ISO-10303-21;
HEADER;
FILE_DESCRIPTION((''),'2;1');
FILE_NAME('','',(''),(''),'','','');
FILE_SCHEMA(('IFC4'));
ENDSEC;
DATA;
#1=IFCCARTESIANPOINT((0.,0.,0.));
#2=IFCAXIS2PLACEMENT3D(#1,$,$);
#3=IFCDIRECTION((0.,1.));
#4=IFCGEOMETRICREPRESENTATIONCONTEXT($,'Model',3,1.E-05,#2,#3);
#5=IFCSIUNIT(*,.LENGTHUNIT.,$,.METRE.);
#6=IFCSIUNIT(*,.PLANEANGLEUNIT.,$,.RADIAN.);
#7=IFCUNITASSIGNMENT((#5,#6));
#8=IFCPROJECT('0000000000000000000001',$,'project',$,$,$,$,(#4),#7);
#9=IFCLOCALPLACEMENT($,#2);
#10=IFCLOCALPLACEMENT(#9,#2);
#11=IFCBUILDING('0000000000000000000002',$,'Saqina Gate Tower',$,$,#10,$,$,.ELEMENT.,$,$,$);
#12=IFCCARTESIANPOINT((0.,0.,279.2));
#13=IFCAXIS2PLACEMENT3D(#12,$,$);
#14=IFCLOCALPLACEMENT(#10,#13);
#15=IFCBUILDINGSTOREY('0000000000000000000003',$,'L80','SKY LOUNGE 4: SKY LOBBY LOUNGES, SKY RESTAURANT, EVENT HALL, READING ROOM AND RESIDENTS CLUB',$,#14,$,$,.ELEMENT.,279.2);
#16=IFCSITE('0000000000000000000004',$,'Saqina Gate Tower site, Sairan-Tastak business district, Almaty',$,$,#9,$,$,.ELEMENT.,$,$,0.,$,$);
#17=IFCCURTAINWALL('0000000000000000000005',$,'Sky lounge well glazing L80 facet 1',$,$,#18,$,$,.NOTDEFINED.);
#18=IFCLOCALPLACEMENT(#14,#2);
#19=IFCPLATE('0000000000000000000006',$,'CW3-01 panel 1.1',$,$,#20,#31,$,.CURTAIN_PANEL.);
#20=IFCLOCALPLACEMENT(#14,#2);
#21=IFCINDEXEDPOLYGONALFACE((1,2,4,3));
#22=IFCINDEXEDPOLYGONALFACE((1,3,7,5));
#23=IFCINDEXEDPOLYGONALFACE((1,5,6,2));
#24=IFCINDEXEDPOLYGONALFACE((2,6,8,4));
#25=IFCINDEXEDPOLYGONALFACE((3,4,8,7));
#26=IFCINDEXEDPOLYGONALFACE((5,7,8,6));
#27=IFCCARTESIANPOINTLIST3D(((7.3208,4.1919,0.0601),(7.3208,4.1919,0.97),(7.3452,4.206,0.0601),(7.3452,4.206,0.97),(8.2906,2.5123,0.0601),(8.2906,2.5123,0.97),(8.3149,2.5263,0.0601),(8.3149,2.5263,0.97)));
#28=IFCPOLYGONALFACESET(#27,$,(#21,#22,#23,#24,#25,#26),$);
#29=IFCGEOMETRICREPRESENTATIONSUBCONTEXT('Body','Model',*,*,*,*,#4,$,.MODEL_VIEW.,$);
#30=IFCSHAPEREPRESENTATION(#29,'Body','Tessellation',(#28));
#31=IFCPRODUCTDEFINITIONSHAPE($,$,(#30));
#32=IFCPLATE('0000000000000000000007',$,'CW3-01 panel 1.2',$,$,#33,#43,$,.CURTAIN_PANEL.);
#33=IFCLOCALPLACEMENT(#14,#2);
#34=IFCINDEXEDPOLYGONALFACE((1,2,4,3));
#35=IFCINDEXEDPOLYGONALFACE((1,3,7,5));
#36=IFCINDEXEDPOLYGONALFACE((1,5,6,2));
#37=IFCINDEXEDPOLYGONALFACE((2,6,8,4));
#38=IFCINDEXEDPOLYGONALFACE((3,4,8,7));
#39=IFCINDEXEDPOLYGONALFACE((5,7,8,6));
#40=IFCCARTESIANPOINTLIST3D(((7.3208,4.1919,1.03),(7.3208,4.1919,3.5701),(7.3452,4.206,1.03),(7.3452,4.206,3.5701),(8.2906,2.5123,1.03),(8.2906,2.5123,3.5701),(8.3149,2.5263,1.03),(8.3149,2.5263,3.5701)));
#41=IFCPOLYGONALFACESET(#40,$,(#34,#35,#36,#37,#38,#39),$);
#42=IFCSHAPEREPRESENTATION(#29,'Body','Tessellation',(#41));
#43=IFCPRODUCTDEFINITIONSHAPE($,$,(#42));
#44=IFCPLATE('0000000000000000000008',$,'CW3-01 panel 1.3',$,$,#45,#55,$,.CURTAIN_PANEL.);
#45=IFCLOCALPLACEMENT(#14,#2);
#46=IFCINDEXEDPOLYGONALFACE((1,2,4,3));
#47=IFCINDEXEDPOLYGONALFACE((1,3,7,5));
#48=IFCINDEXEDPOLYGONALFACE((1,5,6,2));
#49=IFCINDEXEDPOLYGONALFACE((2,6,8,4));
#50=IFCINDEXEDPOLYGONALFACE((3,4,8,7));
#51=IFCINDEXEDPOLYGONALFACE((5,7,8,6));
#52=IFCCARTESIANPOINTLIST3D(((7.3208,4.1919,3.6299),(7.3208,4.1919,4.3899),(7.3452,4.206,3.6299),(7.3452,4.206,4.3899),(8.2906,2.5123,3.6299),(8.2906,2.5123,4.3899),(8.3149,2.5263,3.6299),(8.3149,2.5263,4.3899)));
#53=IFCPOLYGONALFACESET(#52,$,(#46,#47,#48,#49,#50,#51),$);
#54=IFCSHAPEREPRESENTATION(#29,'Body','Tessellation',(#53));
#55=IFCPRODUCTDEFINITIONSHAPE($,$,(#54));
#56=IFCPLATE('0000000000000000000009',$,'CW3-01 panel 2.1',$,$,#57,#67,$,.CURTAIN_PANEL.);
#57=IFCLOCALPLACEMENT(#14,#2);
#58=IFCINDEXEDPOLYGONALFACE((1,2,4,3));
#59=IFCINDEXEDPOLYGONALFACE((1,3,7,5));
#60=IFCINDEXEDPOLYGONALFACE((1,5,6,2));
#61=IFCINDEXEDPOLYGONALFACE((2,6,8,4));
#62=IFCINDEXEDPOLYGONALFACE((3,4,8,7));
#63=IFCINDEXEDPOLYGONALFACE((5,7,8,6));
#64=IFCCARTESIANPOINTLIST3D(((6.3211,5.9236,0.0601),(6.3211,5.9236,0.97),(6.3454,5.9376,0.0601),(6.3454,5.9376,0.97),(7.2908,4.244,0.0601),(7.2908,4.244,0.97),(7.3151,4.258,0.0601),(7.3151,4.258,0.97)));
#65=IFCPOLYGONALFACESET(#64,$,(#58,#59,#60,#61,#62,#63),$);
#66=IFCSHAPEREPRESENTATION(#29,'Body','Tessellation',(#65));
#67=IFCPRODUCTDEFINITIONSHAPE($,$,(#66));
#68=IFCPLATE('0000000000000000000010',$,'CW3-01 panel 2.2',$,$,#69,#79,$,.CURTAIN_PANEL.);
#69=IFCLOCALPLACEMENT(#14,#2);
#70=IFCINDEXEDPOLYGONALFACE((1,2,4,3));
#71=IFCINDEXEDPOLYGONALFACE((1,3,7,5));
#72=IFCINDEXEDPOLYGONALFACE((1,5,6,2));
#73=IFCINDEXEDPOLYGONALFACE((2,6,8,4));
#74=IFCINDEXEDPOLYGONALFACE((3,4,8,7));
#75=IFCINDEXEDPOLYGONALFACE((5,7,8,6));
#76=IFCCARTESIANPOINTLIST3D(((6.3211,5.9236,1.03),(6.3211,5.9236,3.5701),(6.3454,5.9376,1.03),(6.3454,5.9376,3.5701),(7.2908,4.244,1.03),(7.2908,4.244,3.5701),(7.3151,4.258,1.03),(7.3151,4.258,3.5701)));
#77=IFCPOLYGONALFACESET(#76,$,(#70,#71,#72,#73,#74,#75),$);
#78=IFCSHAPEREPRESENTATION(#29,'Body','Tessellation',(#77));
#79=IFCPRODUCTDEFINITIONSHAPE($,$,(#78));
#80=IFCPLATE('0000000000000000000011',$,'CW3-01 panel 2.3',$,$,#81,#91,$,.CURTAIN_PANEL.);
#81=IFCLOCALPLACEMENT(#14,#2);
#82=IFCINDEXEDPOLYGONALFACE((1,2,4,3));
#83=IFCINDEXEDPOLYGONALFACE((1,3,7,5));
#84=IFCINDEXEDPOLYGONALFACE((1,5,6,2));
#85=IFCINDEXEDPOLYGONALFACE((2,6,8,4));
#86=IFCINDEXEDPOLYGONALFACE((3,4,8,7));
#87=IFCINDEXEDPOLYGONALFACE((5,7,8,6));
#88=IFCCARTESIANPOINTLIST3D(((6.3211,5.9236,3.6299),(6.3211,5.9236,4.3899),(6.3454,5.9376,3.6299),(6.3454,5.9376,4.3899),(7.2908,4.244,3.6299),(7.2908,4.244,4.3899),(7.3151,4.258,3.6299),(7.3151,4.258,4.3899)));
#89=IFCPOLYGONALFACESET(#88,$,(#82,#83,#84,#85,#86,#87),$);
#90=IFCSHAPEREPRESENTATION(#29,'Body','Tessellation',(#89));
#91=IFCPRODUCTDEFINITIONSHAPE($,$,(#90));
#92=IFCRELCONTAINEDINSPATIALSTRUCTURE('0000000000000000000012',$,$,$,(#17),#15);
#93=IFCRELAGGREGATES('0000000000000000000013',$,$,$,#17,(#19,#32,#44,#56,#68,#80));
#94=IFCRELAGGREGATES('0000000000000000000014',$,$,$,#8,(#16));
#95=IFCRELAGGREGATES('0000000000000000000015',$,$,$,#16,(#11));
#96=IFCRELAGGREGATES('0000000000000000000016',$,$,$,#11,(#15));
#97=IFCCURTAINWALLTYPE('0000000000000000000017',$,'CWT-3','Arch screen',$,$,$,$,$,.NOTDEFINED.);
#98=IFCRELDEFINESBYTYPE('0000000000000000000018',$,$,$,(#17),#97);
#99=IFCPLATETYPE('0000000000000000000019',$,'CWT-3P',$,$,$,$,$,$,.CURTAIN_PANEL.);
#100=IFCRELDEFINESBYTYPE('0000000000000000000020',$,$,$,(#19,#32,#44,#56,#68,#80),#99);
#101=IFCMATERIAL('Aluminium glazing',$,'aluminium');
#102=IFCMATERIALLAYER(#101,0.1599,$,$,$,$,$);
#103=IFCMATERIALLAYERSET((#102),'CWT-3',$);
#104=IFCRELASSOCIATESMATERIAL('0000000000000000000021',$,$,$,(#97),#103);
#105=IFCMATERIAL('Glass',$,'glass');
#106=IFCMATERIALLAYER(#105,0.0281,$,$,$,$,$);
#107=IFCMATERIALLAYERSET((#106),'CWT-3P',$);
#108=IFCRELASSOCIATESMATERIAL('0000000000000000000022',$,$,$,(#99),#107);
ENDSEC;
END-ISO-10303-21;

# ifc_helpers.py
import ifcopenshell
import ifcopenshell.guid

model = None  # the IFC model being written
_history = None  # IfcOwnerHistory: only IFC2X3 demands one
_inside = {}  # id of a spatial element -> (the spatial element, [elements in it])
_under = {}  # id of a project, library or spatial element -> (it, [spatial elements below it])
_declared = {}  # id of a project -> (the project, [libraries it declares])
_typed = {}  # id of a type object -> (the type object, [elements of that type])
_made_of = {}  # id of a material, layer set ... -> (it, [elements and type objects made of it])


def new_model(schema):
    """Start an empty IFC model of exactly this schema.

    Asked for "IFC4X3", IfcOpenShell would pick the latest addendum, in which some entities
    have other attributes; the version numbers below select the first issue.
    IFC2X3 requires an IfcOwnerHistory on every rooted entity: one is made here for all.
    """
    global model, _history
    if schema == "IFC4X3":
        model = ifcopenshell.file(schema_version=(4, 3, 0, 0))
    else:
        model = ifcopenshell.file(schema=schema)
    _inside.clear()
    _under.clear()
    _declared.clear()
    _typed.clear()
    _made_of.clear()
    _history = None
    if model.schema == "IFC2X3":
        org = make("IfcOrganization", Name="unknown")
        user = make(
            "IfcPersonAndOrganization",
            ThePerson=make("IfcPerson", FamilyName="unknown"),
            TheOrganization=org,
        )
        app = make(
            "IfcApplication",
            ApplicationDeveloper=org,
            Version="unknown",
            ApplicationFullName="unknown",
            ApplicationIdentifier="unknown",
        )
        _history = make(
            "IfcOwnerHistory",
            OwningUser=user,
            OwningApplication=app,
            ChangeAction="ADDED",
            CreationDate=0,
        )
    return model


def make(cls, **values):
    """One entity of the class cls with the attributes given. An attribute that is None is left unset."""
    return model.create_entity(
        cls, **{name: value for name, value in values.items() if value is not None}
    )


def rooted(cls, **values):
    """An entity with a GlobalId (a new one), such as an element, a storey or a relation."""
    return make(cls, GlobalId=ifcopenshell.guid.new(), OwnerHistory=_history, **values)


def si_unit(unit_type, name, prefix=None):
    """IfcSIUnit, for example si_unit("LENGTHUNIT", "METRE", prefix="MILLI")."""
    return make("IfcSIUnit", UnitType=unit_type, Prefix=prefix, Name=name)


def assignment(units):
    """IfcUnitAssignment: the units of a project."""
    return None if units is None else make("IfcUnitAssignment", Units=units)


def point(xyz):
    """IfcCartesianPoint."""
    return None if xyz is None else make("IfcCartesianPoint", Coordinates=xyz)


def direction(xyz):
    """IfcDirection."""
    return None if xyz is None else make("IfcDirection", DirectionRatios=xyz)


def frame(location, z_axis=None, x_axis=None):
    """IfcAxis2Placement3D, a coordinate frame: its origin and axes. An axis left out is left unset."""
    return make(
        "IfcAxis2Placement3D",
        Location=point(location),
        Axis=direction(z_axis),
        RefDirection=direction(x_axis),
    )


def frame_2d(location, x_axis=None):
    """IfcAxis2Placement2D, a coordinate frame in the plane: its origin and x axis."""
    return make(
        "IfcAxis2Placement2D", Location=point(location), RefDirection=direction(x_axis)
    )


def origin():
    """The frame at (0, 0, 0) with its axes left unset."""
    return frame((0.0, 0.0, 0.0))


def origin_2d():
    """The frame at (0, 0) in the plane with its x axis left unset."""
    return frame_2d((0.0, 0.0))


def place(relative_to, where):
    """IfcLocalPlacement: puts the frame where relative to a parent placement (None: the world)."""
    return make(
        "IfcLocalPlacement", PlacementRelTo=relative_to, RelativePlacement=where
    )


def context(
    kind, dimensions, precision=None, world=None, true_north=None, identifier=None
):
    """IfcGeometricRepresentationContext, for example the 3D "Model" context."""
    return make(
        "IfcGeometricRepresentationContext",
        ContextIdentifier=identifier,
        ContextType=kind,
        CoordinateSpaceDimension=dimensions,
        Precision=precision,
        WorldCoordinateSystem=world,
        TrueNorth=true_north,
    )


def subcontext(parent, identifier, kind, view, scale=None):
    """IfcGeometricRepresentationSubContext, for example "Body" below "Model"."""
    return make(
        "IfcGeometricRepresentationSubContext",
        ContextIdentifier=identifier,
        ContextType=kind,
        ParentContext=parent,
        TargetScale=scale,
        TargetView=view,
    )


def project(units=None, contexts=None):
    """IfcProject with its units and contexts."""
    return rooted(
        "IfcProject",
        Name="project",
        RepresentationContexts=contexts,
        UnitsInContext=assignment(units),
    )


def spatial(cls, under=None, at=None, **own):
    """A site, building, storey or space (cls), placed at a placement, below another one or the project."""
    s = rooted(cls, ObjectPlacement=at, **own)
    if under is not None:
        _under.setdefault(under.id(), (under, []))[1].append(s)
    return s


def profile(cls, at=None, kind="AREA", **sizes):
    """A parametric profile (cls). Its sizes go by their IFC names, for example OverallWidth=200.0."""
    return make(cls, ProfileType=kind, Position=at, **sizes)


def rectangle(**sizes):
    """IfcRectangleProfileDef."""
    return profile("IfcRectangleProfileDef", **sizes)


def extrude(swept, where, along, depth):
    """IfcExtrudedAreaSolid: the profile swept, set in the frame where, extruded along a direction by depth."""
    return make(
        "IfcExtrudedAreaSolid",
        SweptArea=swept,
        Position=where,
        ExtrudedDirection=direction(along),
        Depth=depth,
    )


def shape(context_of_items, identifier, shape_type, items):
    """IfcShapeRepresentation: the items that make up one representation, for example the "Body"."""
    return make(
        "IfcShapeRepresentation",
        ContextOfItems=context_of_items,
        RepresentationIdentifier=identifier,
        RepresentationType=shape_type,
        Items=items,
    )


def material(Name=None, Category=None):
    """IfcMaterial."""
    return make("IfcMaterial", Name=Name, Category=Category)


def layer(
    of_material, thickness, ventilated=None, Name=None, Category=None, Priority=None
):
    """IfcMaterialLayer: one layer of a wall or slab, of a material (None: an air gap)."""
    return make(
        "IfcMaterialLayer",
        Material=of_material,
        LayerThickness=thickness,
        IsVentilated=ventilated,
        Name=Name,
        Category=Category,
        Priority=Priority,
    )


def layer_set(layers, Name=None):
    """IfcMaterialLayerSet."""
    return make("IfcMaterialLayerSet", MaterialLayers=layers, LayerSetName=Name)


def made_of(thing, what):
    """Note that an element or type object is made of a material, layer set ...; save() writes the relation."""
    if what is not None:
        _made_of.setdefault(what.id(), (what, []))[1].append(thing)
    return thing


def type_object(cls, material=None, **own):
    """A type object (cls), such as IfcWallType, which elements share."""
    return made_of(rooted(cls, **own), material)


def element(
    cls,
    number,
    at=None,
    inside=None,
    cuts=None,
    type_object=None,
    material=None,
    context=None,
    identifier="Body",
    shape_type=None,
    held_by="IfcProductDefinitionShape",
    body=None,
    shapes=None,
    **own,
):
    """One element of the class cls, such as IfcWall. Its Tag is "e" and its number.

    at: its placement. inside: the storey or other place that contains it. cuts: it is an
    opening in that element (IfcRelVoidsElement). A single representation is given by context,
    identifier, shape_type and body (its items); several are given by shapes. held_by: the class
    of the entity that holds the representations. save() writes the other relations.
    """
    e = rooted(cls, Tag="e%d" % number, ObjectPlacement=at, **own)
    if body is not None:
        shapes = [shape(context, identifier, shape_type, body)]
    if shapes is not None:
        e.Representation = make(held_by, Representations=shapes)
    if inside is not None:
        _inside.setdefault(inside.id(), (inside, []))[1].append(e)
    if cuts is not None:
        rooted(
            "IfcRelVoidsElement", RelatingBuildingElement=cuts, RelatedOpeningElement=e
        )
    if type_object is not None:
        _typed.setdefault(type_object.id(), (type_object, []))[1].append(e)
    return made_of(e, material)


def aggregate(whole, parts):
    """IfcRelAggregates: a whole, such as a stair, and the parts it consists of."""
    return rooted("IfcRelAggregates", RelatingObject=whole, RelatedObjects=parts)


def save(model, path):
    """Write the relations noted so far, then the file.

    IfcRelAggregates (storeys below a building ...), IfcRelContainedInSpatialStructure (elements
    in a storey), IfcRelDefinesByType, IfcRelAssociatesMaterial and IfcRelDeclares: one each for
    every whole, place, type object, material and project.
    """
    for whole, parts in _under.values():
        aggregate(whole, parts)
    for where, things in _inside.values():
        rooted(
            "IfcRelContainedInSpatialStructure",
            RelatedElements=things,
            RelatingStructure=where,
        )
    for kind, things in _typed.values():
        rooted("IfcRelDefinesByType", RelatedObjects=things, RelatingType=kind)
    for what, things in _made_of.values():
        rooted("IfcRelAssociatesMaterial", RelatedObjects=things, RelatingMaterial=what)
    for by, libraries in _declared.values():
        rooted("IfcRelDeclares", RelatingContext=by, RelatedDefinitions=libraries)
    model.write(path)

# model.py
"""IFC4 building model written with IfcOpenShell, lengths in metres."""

from ifc_helpers import new_model, si_unit, direction, frame, origin, origin_2d, place, context, subcontext, project, spatial, rectangle, extrude, material, layer, layer_set, type_object, element, aggregate, save


model = new_model("IFC4")

# Units and contexts
model_context = context("Model", 3, precision=1e-05, world=origin(), true_north=direction((0.0, 1.0)))
body_context = subcontext(model_context, "Body", "Model", "MODEL_VIEW")
ifc_project = project(units=[si_unit("LENGTHUNIT", "METRE"), si_unit("PLANEANGLEUNIT", "RADIAN")], contexts=[model_context])

# Site, building, storey
site_placement = place(None, origin())
site = spatial("IfcSite", under=ifc_project, at=site_placement, Name="Saqina Gate Tower site, Sairan-Tastak business district, Almaty", CompositionType="ELEMENT", RefElevation=0.0)
building_placement = place(site_placement, origin())
building = spatial("IfcBuilding", under=site, at=building_placement, Name="Saqina Gate Tower", CompositionType="ELEMENT")
storey_placement = place(building_placement, frame((0.0, 0.0, 279.2)))
storey = spatial("IfcBuildingStorey", under=building, at=storey_placement, Name="L80", Description="SKY LOUNGE 4: SKY LOBBY LOUNGES, SKY RESTAURANT, EVENT HALL, READING ROOM AND RESIDENTS CLUB", CompositionType="ELEMENT", Elevation=279.2)

# Curtain wall
ifc_material_1 = material(Name="Aluminium glazing", Category="aluminium")
ifc_layer_1 = layer(ifc_material_1, 0.1599)
ifc_layer_set_1 = layer_set([ifc_layer_1], Name="CWT-3")
curtain_wall_type = type_object("IfcCurtainWallType", Name="CWT-3", Description="Arch screen", PredefinedType="NOTDEFINED", material=ifc_layer_set_1)
curtain_wall_1_placement = place(storey_placement, origin())
curtain_wall_1 = element("IfcCurtainWall", 1, at=curtain_wall_1_placement, inside=storey, type_object=curtain_wall_type, Name="Sky lounge well glazing L80 facet 1", PredefinedType="NOTDEFINED")

# Plates
ifc_material_2 = material(Name="Glass", Category="glass")
ifc_layer_2 = layer(ifc_material_2, 0.0281)
ifc_layer_set_2 = layer_set([ifc_layer_2], Name="CWT-3P")
plate_type = type_object("IfcPlateType", Name="CWT-3P", PredefinedType="CURTAIN_PANEL", material=ifc_layer_set_2)
plate_1_placement = place(storey_placement, frame((7.8179, 3.3591, 0.0601), z_axis=(0.0, 0.0, 1.0), x_axis=(-0.500003, 0.866024, 0.0)))
plate_1 = element("IfcPlate", 2, at=plate_1_placement, type_object=plate_type, Name="CW3-01 panel 1.1", PredefinedType="CURTAIN_PANEL", context=body_context, shape_type="SweptSolid", body=[
    extrude(rectangle(XDim=1.9395, YDim=0.0281, at=origin_2d()), origin(), (0.0, 0.0, 1.0), 0.9099),
])
plate_2_placement = place(storey_placement, frame((7.8179, 3.3591, 1.03), z_axis=(0.0, 0.0, 1.0), x_axis=(-0.500003, 0.866024, 0.0)))
plate_2 = element("IfcPlate", 3, at=plate_2_placement, type_object=plate_type, Name="CW3-01 panel 1.2", PredefinedType="CURTAIN_PANEL", context=body_context, shape_type="SweptSolid", body=[
    extrude(rectangle(XDim=1.9395, YDim=0.0281, at=origin_2d()), origin(), (0.0, 0.0, 1.0), 2.54),
])
plate_3_placement = place(storey_placement, frame((7.8179, 3.3591, 3.6299), z_axis=(0.0, 0.0, 1.0), x_axis=(-0.500003, 0.866024, 0.0)))
plate_3 = element("IfcPlate", 4, at=plate_3_placement, type_object=plate_type, Name="CW3-01 panel 1.3", PredefinedType="CURTAIN_PANEL", context=body_context, shape_type="SweptSolid", body=[
    extrude(rectangle(XDim=1.9395, YDim=0.0281, at=origin_2d()), origin(), (0.0, 0.0, 1.0), 0.76),
])
plate_4_placement = place(storey_placement, frame((6.8181, 5.0908, 0.0601), z_axis=(0.0, 0.0, 1.0), x_axis=(-0.500003, 0.866024, 0.0)))
plate_4 = element("IfcPlate", 5, at=plate_4_placement, type_object=plate_type, Name="CW3-01 panel 2.1", PredefinedType="CURTAIN_PANEL", context=body_context, shape_type="SweptSolid", body=[
    extrude(rectangle(XDim=1.9395, YDim=0.0281, at=origin_2d()), origin(), (0.0, 0.0, 1.0), 0.9099),
])
plate_5_placement = place(storey_placement, frame((6.8181, 5.0908, 1.03), z_axis=(0.0, 0.0, 1.0), x_axis=(-0.500003, 0.866024, 0.0)))
plate_5 = element("IfcPlate", 6, at=plate_5_placement, type_object=plate_type, Name="CW3-01 panel 2.2", PredefinedType="CURTAIN_PANEL", context=body_context, shape_type="SweptSolid", body=[
    extrude(rectangle(XDim=1.9395, YDim=0.0281, at=origin_2d()), origin(), (0.0, 0.0, 1.0), 2.54),
])
plate_6_placement = place(storey_placement, frame((6.8181, 5.0908, 3.6299), z_axis=(0.0, 0.0, 1.0), x_axis=(-0.500003, 0.866024, 0.0)))
plate_6 = element("IfcPlate", 7, at=plate_6_placement, type_object=plate_type, Name="CW3-01 panel 2.3", PredefinedType="CURTAIN_PANEL", context=body_context, shape_type="SweptSolid", body=[
    extrude(rectangle(XDim=1.9395, YDim=0.0281, at=origin_2d()), origin(), (0.0, 0.0, 1.0), 0.76),
])
aggregate(curtain_wall_1, [plate_1, plate_2, plate_3, plate_4, plate_5, plate_6])

save(model, "model.ifc")
